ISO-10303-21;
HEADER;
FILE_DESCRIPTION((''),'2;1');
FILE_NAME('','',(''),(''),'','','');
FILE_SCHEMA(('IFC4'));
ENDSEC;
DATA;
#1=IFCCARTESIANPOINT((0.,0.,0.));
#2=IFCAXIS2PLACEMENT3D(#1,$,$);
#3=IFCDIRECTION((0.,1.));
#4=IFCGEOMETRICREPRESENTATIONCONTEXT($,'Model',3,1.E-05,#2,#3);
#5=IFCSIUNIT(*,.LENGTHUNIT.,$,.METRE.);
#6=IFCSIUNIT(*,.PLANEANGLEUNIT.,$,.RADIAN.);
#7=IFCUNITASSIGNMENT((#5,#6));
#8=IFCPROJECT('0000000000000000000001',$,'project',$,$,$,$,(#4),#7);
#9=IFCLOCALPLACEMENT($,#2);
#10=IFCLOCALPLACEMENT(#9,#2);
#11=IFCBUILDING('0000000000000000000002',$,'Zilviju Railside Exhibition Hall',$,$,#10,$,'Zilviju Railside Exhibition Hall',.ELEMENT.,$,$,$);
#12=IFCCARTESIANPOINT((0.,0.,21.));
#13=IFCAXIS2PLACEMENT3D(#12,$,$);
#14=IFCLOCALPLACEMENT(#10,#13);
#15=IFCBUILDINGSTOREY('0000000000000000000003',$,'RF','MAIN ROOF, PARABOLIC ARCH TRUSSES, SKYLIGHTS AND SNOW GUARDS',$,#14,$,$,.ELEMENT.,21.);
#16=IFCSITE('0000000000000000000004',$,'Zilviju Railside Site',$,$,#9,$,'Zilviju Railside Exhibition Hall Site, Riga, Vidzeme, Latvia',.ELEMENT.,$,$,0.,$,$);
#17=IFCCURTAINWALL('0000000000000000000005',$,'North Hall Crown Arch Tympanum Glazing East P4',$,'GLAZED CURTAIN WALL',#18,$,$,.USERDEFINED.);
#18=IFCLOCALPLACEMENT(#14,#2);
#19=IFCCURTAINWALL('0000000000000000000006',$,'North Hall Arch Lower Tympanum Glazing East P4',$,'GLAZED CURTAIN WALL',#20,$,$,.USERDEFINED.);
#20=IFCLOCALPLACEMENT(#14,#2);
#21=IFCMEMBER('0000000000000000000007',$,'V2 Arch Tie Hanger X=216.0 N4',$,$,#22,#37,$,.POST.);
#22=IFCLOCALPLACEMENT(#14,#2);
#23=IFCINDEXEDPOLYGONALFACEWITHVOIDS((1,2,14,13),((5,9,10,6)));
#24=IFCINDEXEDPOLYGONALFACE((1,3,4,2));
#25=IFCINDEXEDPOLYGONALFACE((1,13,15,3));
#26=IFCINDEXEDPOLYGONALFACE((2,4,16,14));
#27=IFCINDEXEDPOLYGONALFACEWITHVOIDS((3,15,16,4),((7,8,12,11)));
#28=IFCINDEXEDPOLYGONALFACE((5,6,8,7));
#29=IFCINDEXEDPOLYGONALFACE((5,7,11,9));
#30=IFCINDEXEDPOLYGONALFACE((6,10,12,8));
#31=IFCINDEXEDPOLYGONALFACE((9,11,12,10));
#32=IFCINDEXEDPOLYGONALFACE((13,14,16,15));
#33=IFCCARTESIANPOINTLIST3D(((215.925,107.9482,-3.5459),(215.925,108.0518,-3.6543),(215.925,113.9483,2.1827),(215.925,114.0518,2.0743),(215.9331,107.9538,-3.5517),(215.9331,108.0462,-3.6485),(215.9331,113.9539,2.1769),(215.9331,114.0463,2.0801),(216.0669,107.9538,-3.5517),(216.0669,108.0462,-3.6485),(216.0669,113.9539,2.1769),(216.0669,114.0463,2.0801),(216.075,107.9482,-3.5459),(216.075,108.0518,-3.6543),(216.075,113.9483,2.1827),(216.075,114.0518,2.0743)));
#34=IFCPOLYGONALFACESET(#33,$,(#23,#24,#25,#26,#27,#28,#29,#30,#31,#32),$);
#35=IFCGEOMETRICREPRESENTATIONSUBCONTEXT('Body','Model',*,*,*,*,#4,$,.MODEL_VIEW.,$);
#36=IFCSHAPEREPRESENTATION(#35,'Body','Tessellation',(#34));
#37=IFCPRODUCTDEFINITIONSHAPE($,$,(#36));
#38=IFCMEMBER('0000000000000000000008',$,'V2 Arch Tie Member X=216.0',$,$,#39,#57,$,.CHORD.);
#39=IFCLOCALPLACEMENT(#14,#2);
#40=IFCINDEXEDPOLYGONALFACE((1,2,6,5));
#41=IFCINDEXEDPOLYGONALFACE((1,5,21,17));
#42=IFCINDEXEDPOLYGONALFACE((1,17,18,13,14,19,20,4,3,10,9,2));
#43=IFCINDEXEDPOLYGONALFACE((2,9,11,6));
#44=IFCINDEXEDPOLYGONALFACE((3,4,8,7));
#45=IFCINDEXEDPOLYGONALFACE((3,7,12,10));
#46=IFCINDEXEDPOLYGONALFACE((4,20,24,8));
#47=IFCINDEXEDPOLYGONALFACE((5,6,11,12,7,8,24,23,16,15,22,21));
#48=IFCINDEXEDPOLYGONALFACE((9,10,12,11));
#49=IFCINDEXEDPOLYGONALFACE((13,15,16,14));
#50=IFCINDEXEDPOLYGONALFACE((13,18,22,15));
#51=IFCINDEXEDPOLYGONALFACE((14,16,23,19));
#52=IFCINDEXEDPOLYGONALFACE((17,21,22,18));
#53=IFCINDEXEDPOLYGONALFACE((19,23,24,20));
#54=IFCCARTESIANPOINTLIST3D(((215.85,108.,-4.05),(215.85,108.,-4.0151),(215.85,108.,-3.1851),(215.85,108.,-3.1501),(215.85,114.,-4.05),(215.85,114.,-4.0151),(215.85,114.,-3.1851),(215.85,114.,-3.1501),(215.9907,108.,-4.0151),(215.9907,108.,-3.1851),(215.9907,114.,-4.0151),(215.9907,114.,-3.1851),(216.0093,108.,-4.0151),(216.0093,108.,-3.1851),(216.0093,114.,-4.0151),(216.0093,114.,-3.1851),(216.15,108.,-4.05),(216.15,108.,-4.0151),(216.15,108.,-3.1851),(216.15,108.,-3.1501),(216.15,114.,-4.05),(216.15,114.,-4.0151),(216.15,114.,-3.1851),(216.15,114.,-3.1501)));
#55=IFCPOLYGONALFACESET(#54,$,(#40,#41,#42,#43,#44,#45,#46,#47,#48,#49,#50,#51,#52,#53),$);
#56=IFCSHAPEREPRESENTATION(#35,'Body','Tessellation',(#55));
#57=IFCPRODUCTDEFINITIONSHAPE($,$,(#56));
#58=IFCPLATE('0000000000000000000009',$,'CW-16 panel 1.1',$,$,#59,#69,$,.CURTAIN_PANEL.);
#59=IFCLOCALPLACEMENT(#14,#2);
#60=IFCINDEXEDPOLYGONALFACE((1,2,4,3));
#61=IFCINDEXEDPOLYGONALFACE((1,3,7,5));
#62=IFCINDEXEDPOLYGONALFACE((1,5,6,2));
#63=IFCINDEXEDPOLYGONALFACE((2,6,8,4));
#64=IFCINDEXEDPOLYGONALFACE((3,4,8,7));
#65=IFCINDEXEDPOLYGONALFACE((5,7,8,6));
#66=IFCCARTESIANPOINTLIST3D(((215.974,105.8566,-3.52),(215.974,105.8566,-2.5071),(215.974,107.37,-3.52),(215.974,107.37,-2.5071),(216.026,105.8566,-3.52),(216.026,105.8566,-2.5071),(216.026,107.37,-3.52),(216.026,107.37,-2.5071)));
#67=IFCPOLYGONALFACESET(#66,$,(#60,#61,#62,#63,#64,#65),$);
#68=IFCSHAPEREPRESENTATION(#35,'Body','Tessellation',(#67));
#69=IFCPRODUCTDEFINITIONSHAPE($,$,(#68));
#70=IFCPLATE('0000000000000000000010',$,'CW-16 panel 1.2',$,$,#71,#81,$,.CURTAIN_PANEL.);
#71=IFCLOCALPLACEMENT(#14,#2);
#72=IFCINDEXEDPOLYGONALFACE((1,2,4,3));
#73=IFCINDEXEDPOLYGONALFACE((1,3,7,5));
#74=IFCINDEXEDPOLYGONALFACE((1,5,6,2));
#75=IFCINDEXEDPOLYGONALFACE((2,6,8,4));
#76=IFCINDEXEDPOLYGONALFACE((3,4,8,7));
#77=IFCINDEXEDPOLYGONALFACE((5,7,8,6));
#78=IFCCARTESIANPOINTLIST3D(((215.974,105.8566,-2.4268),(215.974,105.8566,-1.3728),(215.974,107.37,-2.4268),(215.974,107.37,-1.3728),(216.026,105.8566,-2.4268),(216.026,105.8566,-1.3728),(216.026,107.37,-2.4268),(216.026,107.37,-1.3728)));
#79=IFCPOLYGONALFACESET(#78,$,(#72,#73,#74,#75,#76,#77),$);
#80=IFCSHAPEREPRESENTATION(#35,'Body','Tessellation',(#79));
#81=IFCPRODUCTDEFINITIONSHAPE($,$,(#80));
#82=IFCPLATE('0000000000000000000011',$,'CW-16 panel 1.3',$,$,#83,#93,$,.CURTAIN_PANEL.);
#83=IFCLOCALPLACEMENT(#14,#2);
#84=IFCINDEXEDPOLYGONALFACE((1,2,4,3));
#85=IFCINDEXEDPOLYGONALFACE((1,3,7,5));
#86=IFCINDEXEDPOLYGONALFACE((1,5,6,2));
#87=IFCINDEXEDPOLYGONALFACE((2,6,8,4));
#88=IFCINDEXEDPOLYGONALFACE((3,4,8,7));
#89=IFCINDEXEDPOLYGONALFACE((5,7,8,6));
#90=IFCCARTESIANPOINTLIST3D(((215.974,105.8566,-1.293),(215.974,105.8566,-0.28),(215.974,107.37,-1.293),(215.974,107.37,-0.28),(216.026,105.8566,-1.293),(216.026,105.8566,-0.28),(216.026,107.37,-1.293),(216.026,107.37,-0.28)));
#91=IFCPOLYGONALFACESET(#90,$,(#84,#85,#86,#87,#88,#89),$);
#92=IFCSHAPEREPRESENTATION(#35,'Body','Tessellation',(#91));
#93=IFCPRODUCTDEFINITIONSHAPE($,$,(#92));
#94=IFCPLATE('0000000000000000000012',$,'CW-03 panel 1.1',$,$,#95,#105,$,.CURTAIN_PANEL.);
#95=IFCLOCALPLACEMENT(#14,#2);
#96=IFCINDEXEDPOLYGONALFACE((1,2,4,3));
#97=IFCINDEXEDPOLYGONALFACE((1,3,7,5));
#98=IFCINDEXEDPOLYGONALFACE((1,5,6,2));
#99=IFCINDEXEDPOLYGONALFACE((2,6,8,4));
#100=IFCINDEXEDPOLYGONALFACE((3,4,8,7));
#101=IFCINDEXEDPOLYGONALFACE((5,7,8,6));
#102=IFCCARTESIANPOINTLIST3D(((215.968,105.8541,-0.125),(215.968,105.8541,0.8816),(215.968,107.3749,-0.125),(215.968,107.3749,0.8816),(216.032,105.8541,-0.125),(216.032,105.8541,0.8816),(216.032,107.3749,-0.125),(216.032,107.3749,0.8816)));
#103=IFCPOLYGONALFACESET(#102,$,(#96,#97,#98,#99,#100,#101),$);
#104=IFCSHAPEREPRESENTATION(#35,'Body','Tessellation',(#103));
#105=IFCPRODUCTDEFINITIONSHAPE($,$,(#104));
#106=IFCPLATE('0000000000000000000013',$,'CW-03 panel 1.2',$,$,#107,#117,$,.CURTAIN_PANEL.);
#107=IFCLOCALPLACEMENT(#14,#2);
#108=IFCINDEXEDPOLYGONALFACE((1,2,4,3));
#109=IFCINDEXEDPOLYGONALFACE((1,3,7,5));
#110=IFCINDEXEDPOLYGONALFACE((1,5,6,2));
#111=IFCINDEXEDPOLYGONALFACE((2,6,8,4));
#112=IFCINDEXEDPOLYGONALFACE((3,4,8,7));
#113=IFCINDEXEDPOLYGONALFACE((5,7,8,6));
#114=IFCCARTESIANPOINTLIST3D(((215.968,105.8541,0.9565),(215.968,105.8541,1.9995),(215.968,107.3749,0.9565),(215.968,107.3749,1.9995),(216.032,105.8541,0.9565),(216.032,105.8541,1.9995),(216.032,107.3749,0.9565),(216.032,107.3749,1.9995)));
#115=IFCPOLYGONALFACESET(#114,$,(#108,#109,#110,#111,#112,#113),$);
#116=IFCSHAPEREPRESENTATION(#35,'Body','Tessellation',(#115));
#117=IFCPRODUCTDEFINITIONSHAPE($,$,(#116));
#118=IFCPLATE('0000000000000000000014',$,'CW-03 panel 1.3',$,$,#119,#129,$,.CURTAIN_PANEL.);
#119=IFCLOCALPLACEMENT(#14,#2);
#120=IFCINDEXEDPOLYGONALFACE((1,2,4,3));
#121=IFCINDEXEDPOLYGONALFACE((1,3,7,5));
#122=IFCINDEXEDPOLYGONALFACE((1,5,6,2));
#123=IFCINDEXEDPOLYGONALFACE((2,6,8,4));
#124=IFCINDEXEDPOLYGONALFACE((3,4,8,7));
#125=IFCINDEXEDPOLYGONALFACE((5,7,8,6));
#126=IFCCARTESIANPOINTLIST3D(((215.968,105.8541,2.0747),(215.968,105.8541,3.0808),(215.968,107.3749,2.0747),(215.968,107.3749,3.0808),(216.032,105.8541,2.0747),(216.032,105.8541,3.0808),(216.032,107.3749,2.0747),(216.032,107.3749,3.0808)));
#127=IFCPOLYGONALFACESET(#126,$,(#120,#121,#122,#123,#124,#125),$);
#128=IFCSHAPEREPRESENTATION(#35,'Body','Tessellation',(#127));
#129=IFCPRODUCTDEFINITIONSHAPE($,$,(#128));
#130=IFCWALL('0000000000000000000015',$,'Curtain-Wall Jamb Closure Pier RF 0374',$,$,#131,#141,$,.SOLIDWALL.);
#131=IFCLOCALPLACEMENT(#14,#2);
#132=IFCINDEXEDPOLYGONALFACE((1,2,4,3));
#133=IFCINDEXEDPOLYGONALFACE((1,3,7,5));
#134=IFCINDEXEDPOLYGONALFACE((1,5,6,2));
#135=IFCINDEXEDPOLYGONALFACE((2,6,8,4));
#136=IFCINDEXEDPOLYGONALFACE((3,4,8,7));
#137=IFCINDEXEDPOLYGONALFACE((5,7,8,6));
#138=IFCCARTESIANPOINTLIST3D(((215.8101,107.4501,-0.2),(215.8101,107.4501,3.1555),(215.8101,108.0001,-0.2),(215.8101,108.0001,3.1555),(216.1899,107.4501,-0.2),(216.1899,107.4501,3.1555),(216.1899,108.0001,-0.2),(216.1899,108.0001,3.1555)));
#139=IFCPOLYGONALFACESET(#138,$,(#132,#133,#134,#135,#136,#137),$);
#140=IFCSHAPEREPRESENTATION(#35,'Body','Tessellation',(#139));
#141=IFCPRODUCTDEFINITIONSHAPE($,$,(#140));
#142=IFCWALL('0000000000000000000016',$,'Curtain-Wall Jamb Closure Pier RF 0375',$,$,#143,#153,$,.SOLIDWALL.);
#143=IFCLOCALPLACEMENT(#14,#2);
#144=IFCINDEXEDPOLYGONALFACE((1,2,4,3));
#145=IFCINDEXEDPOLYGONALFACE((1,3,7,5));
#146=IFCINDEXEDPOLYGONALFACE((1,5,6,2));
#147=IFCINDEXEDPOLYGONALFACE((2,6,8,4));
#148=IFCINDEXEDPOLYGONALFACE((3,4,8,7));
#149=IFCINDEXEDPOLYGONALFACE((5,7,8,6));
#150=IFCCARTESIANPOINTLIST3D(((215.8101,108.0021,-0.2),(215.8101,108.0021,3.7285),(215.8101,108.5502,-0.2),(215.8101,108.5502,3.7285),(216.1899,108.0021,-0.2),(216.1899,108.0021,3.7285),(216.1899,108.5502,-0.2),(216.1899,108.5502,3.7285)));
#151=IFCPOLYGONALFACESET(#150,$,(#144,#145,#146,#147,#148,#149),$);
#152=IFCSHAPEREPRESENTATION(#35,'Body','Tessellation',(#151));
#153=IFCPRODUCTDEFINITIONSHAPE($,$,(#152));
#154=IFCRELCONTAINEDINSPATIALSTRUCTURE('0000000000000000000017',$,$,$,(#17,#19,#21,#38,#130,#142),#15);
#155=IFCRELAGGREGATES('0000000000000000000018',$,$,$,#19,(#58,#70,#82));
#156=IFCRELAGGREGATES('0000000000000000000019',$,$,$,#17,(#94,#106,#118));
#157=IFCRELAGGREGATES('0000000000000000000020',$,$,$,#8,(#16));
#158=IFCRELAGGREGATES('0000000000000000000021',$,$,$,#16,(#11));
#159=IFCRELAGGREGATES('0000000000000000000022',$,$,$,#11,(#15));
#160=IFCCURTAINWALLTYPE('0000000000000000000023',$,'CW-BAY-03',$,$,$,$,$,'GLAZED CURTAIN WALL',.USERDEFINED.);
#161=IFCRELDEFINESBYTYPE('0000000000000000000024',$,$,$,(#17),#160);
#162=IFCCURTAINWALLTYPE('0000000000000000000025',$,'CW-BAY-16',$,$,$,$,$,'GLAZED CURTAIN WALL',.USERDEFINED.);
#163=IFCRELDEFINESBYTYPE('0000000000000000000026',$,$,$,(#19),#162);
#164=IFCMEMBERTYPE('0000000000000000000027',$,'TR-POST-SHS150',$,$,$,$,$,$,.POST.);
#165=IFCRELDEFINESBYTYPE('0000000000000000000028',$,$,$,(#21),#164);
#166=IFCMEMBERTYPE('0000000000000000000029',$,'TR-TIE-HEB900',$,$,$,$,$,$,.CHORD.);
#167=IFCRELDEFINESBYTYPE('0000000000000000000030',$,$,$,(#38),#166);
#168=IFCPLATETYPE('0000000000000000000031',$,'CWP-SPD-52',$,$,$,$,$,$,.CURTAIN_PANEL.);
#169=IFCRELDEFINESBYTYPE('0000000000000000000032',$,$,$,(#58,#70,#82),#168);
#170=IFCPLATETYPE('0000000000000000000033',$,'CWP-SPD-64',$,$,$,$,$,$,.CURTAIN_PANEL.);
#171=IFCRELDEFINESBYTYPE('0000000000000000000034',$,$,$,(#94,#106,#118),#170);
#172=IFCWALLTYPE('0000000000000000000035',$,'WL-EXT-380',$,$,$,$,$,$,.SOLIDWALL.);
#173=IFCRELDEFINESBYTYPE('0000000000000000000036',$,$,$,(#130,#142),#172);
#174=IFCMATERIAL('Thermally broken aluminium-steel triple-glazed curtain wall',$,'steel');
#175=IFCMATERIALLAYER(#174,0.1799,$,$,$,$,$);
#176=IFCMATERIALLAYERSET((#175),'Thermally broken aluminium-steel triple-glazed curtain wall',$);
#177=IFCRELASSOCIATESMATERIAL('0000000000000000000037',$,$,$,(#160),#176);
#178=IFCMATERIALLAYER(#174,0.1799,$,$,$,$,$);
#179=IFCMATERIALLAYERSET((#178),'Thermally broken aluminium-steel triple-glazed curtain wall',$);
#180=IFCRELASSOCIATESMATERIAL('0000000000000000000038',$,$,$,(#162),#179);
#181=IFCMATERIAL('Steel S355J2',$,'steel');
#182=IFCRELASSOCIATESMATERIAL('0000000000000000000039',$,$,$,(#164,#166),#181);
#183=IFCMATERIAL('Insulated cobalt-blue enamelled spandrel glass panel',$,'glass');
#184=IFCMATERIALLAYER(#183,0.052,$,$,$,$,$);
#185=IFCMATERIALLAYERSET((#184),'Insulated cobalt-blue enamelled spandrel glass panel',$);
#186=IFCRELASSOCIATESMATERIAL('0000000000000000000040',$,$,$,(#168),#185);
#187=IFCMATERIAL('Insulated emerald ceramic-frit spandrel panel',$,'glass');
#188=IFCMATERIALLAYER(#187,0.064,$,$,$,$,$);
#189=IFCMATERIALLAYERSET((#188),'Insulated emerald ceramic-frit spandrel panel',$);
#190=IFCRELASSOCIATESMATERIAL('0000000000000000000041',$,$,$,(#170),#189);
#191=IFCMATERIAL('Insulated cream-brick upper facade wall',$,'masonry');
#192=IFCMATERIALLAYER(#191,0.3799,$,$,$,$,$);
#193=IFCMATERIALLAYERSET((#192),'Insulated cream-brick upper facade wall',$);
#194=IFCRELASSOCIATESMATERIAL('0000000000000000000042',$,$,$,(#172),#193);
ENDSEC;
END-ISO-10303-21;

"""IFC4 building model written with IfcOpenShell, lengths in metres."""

from ifc_helpers import new_model, si_unit, direction, frame, frame_2d, origin, origin_2d, place, context, subcontext, project, spatial, rectangle, hollow_rectangle, i_section, extrude, material, layer, layer_set, material_profile, profile_set, type_object, element, aggregate, save


model = new_model("IFC4")

# Units and contexts
model_context = context("Model", 3, precision=1e-05, world=origin(), true_north=direction((0.0, 1.0)))
body_context = subcontext(model_context, "Body", "Model", "MODEL_VIEW")
ifc_project = project(units=[si_unit("LENGTHUNIT", "METRE"), si_unit("PLANEANGLEUNIT", "RADIAN")], contexts=[model_context])

# Site, building, storey
site_placement = place(None, origin())
site = spatial("IfcSite", under=ifc_project, at=site_placement, Name="Zilviju Railside Site", LongName="Zilviju Railside Exhibition Hall Site, Riga, Vidzeme, Latvia", CompositionType="ELEMENT", RefElevation=0.0)
building_placement = place(site_placement, origin())
building = spatial("IfcBuilding", under=site, at=building_placement, Name="Zilviju Railside Exhibition Hall", LongName="Zilviju Railside Exhibition Hall", CompositionType="ELEMENT")
storey_placement = place(building_placement, frame((0.0, 0.0, 21.0)))
storey = spatial("IfcBuildingStorey", under=building, at=storey_placement, Name="RF", Description="MAIN ROOF, PARABOLIC ARCH TRUSSES, SKYLIGHTS AND SNOW GUARDS", CompositionType="ELEMENT", Elevation=21.0)

# Curtain walls
ifc_material_1 = material(Name="Thermally broken aluminium-steel triple-glazed curtain wall", Category="steel")
ifc_layer_1 = layer(ifc_material_1, 0.1799)
ifc_layer_set_1 = layer_set([ifc_layer_1], Name="Thermally broken aluminium-steel triple-glazed curtain wall")
curtain_wall_type_1 = type_object("IfcCurtainWallType", Name="CW-BAY-03", ElementType="GLAZED CURTAIN WALL", PredefinedType="USERDEFINED", material=ifc_layer_set_1)
curtain_wall_1_placement = place(storey_placement, origin())
curtain_wall_1 = element("IfcCurtainWall", 1, at=curtain_wall_1_placement, inside=storey, type_object=curtain_wall_type_1, Name="North Hall Crown Arch Tympanum Glazing East P4", ObjectType="GLAZED CURTAIN WALL", PredefinedType="USERDEFINED")
ifc_layer_2 = layer(ifc_material_1, 0.1799)
ifc_layer_set_2 = layer_set([ifc_layer_2], Name="Thermally broken aluminium-steel triple-glazed curtain wall")
curtain_wall_type_2 = type_object("IfcCurtainWallType", Name="CW-BAY-16", ElementType="GLAZED CURTAIN WALL", PredefinedType="USERDEFINED", material=ifc_layer_set_2)
curtain_wall_2_placement = place(storey_placement, origin())
curtain_wall_2 = element("IfcCurtainWall", 2, at=curtain_wall_2_placement, inside=storey, type_object=curtain_wall_type_2, Name="North Hall Arch Lower Tympanum Glazing East P4", ObjectType="GLAZED CURTAIN WALL", PredefinedType="USERDEFINED")

# Members
ifc_material_2 = material(Name="Steel S355J2", Category="steel")
ifc_material_profile_1 = material_profile(ifc_material_2, hollow_rectangle(XDim=0.1499, YDim=0.1499, WallThickness=0.0081, at=origin_2d()), Name="SHS 150x150x8.0")
ifc_profile_set_1 = profile_set([ifc_material_profile_1], Name="Steel S355J2")
member_type_1 = type_object("IfcMemberType", Name="TR-POST-SHS150", PredefinedType="POST", material=ifc_profile_set_1)
member_1_placement = place(storey_placement, frame((216.0, 108.0, -3.6001), z_axis=(0.0, 0.723281, 0.690554), x_axis=(-1.0, 0.0, 0.0)))
element("IfcMember", 3, at=member_1_placement, inside=storey, type_object=member_type_1, Name="V2 Arch Tie Hanger X=216.0 N4", PredefinedType="POST", context=body_context, shape_type="SweptSolid", body=[
    extrude(hollow_rectangle(XDim=0.1499, YDim=0.1499, WallThickness=0.0081, at=origin_2d()), origin(), (0.0, 0.0, 1.0), 8.2957),
])
ifc_material_profile_2 = material_profile(ifc_material_2, i_section(OverallWidth=0.3, OverallDepth=0.8999, WebThickness=0.0186, FlangeThickness=0.0349, at=origin_2d()), Name="HEB 900")
ifc_profile_set_2 = profile_set([ifc_material_profile_2], Name="Steel S355J2")
member_type_2 = type_object("IfcMemberType", Name="TR-TIE-HEB900", PredefinedType="CHORD", material=ifc_profile_set_2)
member_2_placement = place(storey_placement, frame((216.0, 108.0, -3.6001), z_axis=(0.0, 1.0, 0.0), x_axis=(-1.0, 0.0, 0.0)))
element("IfcMember", 4, at=member_2_placement, inside=storey, type_object=member_type_2, Name="V2 Arch Tie Member X=216.0", PredefinedType="CHORD", context=body_context, shape_type="SweptSolid", body=[
    extrude(i_section(OverallWidth=0.3, OverallDepth=0.8999, WebThickness=0.0186, FlangeThickness=0.0349, at=origin_2d()), origin(), (0.0, 0.0, 1.0), 6.0),
])

# Plates
ifc_material_3 = material(Name="Insulated cobalt-blue enamelled spandrel glass panel", Category="glass")
ifc_layer_3 = layer(ifc_material_3, 0.052)
ifc_layer_set_3 = layer_set([ifc_layer_3], Name="Insulated cobalt-blue enamelled spandrel glass panel")
plate_type_1 = type_object("IfcPlateType", Name="CWP-SPD-52", PredefinedType="CURTAIN_PANEL", material=ifc_layer_set_3)
plate_1_placement = place(storey_placement, frame((216.0, 106.6133, -3.52), z_axis=(0.0, 0.0, 1.0), x_axis=(0.0, -1.0, 0.0)))
plate_1 = element("IfcPlate", 5, at=plate_1_placement, type_object=plate_type_1, Name="CW-16 panel 1.1", PredefinedType="CURTAIN_PANEL", context=body_context, shape_type="SweptSolid", body=[
    extrude(rectangle(XDim=1.5134, YDim=0.052, at=origin_2d()), origin(), (0.0, 0.0, 1.0), 1.0129),
])
plate_2_placement = place(storey_placement, frame((216.0, 106.6133, -2.4268), z_axis=(0.0, 0.0, 1.0), x_axis=(0.0, -1.0, 0.0)))
plate_2 = element("IfcPlate", 6, at=plate_2_placement, type_object=plate_type_1, Name="CW-16 panel 1.2", PredefinedType="CURTAIN_PANEL", context=body_context, shape_type="SweptSolid", body=[
    extrude(rectangle(XDim=1.5134, YDim=0.052, at=origin_2d()), origin(), (0.0, 0.0, 1.0), 1.054),
])
plate_3_placement = place(storey_placement, frame((216.0, 106.6133, -1.293), z_axis=(0.0, 0.0, 1.0), x_axis=(0.0, -1.0, 0.0)))
plate_3 = element("IfcPlate", 7, at=plate_3_placement, type_object=plate_type_1, Name="CW-16 panel 1.3", PredefinedType="CURTAIN_PANEL", context=body_context, shape_type="SweptSolid", body=[
    extrude(rectangle(XDim=1.5134, YDim=0.052, at=origin_2d()), origin(), (0.0, 0.0, 1.0), 1.0129),
])
aggregate(curtain_wall_2, [plate_1, plate_2, plate_3])
ifc_material_4 = material(Name="Insulated emerald ceramic-frit spandrel panel", Category="glass")
ifc_layer_4 = layer(ifc_material_4, 0.064)
ifc_layer_set_4 = layer_set([ifc_layer_4], Name="Insulated emerald ceramic-frit spandrel panel")
plate_type_2 = type_object("IfcPlateType", Name="CWP-SPD-64", PredefinedType="CURTAIN_PANEL", material=ifc_layer_set_4)
plate_4_placement = place(storey_placement, frame((216.0, 106.6145, -0.125), z_axis=(0.0, 0.0, 1.0), x_axis=(0.0, -1.0, 0.0)))
plate_4 = element("IfcPlate", 8, at=plate_4_placement, type_object=plate_type_2, Name="CW-03 panel 1.1", PredefinedType="CURTAIN_PANEL", context=body_context, shape_type="SweptSolid", body=[
    extrude(rectangle(XDim=1.5208, YDim=0.064, at=origin_2d()), origin(), (0.0, 0.0, 1.0), 1.0066),
])
plate_5_placement = place(storey_placement, frame((216.0, 106.6145, 0.9565), z_axis=(0.0, 0.0, 1.0), x_axis=(0.0, -1.0, 0.0)))
plate_5 = element("IfcPlate", 9, at=plate_5_placement, type_object=plate_type_2, Name="CW-03 panel 1.2", PredefinedType="CURTAIN_PANEL", context=body_context, shape_type="SweptSolid", body=[
    extrude(rectangle(XDim=1.5208, YDim=0.064, at=origin_2d()), origin(), (0.0, 0.0, 1.0), 1.043),
])
plate_6_placement = place(storey_placement, frame((216.0, 106.6145, 2.0747), z_axis=(0.0, 0.0, 1.0), x_axis=(0.0, -1.0, 0.0)))
plate_6 = element("IfcPlate", 10, at=plate_6_placement, type_object=plate_type_2, Name="CW-03 panel 1.3", PredefinedType="CURTAIN_PANEL", context=body_context, shape_type="SweptSolid", body=[
    extrude(rectangle(XDim=1.5208, YDim=0.064, at=origin_2d()), origin(), (0.0, 0.0, 1.0), 1.0061),
])
aggregate(curtain_wall_1, [plate_4, plate_5, plate_6])

# Walls
ifc_material_5 = material(Name="Insulated cream-brick upper facade wall", Category="masonry")
ifc_layer_5 = layer(ifc_material_5, 0.3799)
ifc_layer_set_5 = layer_set([ifc_layer_5], Name="Insulated cream-brick upper facade wall")
wall_type = type_object("IfcWallType", Name="WL-EXT-380", PredefinedType="SOLIDWALL", material=ifc_layer_set_5)
wall_1_placement = place(storey_placement, frame((216.0, 108.0, -0.2), z_axis=(0.0, 0.0, 1.0), x_axis=(0.0, -1.0, 0.0)))
element("IfcWall", 11, at=wall_1_placement, inside=storey, type_object=wall_type, Name="Curtain-Wall Jamb Closure Pier RF 0374", PredefinedType="SOLIDWALL", context=body_context, shape_type="SweptSolid", body=[
    extrude(rectangle(XDim=0.55, YDim=0.3799, at=frame_2d((0.2749, 0.0))), origin(), (0.0, 0.0, 1.0), 3.3555),
])
wall_2_placement = place(storey_placement, frame((216.0, 108.55, -0.2), z_axis=(0.0, 0.0, 1.0), x_axis=(0.0, -1.0, 0.0)))
element("IfcWall", 12, at=wall_2_placement, inside=storey, type_object=wall_type, Name="Curtain-Wall Jamb Closure Pier RF 0375", PredefinedType="SOLIDWALL", context=body_context, shape_type="SweptSolid", body=[
    extrude(rectangle(XDim=0.5481, YDim=0.3799, at=frame_2d((0.2739, 0.0))), origin(), (0.0, 0.0, 1.0), 3.9285),
])

save(model, "model.ifc")
